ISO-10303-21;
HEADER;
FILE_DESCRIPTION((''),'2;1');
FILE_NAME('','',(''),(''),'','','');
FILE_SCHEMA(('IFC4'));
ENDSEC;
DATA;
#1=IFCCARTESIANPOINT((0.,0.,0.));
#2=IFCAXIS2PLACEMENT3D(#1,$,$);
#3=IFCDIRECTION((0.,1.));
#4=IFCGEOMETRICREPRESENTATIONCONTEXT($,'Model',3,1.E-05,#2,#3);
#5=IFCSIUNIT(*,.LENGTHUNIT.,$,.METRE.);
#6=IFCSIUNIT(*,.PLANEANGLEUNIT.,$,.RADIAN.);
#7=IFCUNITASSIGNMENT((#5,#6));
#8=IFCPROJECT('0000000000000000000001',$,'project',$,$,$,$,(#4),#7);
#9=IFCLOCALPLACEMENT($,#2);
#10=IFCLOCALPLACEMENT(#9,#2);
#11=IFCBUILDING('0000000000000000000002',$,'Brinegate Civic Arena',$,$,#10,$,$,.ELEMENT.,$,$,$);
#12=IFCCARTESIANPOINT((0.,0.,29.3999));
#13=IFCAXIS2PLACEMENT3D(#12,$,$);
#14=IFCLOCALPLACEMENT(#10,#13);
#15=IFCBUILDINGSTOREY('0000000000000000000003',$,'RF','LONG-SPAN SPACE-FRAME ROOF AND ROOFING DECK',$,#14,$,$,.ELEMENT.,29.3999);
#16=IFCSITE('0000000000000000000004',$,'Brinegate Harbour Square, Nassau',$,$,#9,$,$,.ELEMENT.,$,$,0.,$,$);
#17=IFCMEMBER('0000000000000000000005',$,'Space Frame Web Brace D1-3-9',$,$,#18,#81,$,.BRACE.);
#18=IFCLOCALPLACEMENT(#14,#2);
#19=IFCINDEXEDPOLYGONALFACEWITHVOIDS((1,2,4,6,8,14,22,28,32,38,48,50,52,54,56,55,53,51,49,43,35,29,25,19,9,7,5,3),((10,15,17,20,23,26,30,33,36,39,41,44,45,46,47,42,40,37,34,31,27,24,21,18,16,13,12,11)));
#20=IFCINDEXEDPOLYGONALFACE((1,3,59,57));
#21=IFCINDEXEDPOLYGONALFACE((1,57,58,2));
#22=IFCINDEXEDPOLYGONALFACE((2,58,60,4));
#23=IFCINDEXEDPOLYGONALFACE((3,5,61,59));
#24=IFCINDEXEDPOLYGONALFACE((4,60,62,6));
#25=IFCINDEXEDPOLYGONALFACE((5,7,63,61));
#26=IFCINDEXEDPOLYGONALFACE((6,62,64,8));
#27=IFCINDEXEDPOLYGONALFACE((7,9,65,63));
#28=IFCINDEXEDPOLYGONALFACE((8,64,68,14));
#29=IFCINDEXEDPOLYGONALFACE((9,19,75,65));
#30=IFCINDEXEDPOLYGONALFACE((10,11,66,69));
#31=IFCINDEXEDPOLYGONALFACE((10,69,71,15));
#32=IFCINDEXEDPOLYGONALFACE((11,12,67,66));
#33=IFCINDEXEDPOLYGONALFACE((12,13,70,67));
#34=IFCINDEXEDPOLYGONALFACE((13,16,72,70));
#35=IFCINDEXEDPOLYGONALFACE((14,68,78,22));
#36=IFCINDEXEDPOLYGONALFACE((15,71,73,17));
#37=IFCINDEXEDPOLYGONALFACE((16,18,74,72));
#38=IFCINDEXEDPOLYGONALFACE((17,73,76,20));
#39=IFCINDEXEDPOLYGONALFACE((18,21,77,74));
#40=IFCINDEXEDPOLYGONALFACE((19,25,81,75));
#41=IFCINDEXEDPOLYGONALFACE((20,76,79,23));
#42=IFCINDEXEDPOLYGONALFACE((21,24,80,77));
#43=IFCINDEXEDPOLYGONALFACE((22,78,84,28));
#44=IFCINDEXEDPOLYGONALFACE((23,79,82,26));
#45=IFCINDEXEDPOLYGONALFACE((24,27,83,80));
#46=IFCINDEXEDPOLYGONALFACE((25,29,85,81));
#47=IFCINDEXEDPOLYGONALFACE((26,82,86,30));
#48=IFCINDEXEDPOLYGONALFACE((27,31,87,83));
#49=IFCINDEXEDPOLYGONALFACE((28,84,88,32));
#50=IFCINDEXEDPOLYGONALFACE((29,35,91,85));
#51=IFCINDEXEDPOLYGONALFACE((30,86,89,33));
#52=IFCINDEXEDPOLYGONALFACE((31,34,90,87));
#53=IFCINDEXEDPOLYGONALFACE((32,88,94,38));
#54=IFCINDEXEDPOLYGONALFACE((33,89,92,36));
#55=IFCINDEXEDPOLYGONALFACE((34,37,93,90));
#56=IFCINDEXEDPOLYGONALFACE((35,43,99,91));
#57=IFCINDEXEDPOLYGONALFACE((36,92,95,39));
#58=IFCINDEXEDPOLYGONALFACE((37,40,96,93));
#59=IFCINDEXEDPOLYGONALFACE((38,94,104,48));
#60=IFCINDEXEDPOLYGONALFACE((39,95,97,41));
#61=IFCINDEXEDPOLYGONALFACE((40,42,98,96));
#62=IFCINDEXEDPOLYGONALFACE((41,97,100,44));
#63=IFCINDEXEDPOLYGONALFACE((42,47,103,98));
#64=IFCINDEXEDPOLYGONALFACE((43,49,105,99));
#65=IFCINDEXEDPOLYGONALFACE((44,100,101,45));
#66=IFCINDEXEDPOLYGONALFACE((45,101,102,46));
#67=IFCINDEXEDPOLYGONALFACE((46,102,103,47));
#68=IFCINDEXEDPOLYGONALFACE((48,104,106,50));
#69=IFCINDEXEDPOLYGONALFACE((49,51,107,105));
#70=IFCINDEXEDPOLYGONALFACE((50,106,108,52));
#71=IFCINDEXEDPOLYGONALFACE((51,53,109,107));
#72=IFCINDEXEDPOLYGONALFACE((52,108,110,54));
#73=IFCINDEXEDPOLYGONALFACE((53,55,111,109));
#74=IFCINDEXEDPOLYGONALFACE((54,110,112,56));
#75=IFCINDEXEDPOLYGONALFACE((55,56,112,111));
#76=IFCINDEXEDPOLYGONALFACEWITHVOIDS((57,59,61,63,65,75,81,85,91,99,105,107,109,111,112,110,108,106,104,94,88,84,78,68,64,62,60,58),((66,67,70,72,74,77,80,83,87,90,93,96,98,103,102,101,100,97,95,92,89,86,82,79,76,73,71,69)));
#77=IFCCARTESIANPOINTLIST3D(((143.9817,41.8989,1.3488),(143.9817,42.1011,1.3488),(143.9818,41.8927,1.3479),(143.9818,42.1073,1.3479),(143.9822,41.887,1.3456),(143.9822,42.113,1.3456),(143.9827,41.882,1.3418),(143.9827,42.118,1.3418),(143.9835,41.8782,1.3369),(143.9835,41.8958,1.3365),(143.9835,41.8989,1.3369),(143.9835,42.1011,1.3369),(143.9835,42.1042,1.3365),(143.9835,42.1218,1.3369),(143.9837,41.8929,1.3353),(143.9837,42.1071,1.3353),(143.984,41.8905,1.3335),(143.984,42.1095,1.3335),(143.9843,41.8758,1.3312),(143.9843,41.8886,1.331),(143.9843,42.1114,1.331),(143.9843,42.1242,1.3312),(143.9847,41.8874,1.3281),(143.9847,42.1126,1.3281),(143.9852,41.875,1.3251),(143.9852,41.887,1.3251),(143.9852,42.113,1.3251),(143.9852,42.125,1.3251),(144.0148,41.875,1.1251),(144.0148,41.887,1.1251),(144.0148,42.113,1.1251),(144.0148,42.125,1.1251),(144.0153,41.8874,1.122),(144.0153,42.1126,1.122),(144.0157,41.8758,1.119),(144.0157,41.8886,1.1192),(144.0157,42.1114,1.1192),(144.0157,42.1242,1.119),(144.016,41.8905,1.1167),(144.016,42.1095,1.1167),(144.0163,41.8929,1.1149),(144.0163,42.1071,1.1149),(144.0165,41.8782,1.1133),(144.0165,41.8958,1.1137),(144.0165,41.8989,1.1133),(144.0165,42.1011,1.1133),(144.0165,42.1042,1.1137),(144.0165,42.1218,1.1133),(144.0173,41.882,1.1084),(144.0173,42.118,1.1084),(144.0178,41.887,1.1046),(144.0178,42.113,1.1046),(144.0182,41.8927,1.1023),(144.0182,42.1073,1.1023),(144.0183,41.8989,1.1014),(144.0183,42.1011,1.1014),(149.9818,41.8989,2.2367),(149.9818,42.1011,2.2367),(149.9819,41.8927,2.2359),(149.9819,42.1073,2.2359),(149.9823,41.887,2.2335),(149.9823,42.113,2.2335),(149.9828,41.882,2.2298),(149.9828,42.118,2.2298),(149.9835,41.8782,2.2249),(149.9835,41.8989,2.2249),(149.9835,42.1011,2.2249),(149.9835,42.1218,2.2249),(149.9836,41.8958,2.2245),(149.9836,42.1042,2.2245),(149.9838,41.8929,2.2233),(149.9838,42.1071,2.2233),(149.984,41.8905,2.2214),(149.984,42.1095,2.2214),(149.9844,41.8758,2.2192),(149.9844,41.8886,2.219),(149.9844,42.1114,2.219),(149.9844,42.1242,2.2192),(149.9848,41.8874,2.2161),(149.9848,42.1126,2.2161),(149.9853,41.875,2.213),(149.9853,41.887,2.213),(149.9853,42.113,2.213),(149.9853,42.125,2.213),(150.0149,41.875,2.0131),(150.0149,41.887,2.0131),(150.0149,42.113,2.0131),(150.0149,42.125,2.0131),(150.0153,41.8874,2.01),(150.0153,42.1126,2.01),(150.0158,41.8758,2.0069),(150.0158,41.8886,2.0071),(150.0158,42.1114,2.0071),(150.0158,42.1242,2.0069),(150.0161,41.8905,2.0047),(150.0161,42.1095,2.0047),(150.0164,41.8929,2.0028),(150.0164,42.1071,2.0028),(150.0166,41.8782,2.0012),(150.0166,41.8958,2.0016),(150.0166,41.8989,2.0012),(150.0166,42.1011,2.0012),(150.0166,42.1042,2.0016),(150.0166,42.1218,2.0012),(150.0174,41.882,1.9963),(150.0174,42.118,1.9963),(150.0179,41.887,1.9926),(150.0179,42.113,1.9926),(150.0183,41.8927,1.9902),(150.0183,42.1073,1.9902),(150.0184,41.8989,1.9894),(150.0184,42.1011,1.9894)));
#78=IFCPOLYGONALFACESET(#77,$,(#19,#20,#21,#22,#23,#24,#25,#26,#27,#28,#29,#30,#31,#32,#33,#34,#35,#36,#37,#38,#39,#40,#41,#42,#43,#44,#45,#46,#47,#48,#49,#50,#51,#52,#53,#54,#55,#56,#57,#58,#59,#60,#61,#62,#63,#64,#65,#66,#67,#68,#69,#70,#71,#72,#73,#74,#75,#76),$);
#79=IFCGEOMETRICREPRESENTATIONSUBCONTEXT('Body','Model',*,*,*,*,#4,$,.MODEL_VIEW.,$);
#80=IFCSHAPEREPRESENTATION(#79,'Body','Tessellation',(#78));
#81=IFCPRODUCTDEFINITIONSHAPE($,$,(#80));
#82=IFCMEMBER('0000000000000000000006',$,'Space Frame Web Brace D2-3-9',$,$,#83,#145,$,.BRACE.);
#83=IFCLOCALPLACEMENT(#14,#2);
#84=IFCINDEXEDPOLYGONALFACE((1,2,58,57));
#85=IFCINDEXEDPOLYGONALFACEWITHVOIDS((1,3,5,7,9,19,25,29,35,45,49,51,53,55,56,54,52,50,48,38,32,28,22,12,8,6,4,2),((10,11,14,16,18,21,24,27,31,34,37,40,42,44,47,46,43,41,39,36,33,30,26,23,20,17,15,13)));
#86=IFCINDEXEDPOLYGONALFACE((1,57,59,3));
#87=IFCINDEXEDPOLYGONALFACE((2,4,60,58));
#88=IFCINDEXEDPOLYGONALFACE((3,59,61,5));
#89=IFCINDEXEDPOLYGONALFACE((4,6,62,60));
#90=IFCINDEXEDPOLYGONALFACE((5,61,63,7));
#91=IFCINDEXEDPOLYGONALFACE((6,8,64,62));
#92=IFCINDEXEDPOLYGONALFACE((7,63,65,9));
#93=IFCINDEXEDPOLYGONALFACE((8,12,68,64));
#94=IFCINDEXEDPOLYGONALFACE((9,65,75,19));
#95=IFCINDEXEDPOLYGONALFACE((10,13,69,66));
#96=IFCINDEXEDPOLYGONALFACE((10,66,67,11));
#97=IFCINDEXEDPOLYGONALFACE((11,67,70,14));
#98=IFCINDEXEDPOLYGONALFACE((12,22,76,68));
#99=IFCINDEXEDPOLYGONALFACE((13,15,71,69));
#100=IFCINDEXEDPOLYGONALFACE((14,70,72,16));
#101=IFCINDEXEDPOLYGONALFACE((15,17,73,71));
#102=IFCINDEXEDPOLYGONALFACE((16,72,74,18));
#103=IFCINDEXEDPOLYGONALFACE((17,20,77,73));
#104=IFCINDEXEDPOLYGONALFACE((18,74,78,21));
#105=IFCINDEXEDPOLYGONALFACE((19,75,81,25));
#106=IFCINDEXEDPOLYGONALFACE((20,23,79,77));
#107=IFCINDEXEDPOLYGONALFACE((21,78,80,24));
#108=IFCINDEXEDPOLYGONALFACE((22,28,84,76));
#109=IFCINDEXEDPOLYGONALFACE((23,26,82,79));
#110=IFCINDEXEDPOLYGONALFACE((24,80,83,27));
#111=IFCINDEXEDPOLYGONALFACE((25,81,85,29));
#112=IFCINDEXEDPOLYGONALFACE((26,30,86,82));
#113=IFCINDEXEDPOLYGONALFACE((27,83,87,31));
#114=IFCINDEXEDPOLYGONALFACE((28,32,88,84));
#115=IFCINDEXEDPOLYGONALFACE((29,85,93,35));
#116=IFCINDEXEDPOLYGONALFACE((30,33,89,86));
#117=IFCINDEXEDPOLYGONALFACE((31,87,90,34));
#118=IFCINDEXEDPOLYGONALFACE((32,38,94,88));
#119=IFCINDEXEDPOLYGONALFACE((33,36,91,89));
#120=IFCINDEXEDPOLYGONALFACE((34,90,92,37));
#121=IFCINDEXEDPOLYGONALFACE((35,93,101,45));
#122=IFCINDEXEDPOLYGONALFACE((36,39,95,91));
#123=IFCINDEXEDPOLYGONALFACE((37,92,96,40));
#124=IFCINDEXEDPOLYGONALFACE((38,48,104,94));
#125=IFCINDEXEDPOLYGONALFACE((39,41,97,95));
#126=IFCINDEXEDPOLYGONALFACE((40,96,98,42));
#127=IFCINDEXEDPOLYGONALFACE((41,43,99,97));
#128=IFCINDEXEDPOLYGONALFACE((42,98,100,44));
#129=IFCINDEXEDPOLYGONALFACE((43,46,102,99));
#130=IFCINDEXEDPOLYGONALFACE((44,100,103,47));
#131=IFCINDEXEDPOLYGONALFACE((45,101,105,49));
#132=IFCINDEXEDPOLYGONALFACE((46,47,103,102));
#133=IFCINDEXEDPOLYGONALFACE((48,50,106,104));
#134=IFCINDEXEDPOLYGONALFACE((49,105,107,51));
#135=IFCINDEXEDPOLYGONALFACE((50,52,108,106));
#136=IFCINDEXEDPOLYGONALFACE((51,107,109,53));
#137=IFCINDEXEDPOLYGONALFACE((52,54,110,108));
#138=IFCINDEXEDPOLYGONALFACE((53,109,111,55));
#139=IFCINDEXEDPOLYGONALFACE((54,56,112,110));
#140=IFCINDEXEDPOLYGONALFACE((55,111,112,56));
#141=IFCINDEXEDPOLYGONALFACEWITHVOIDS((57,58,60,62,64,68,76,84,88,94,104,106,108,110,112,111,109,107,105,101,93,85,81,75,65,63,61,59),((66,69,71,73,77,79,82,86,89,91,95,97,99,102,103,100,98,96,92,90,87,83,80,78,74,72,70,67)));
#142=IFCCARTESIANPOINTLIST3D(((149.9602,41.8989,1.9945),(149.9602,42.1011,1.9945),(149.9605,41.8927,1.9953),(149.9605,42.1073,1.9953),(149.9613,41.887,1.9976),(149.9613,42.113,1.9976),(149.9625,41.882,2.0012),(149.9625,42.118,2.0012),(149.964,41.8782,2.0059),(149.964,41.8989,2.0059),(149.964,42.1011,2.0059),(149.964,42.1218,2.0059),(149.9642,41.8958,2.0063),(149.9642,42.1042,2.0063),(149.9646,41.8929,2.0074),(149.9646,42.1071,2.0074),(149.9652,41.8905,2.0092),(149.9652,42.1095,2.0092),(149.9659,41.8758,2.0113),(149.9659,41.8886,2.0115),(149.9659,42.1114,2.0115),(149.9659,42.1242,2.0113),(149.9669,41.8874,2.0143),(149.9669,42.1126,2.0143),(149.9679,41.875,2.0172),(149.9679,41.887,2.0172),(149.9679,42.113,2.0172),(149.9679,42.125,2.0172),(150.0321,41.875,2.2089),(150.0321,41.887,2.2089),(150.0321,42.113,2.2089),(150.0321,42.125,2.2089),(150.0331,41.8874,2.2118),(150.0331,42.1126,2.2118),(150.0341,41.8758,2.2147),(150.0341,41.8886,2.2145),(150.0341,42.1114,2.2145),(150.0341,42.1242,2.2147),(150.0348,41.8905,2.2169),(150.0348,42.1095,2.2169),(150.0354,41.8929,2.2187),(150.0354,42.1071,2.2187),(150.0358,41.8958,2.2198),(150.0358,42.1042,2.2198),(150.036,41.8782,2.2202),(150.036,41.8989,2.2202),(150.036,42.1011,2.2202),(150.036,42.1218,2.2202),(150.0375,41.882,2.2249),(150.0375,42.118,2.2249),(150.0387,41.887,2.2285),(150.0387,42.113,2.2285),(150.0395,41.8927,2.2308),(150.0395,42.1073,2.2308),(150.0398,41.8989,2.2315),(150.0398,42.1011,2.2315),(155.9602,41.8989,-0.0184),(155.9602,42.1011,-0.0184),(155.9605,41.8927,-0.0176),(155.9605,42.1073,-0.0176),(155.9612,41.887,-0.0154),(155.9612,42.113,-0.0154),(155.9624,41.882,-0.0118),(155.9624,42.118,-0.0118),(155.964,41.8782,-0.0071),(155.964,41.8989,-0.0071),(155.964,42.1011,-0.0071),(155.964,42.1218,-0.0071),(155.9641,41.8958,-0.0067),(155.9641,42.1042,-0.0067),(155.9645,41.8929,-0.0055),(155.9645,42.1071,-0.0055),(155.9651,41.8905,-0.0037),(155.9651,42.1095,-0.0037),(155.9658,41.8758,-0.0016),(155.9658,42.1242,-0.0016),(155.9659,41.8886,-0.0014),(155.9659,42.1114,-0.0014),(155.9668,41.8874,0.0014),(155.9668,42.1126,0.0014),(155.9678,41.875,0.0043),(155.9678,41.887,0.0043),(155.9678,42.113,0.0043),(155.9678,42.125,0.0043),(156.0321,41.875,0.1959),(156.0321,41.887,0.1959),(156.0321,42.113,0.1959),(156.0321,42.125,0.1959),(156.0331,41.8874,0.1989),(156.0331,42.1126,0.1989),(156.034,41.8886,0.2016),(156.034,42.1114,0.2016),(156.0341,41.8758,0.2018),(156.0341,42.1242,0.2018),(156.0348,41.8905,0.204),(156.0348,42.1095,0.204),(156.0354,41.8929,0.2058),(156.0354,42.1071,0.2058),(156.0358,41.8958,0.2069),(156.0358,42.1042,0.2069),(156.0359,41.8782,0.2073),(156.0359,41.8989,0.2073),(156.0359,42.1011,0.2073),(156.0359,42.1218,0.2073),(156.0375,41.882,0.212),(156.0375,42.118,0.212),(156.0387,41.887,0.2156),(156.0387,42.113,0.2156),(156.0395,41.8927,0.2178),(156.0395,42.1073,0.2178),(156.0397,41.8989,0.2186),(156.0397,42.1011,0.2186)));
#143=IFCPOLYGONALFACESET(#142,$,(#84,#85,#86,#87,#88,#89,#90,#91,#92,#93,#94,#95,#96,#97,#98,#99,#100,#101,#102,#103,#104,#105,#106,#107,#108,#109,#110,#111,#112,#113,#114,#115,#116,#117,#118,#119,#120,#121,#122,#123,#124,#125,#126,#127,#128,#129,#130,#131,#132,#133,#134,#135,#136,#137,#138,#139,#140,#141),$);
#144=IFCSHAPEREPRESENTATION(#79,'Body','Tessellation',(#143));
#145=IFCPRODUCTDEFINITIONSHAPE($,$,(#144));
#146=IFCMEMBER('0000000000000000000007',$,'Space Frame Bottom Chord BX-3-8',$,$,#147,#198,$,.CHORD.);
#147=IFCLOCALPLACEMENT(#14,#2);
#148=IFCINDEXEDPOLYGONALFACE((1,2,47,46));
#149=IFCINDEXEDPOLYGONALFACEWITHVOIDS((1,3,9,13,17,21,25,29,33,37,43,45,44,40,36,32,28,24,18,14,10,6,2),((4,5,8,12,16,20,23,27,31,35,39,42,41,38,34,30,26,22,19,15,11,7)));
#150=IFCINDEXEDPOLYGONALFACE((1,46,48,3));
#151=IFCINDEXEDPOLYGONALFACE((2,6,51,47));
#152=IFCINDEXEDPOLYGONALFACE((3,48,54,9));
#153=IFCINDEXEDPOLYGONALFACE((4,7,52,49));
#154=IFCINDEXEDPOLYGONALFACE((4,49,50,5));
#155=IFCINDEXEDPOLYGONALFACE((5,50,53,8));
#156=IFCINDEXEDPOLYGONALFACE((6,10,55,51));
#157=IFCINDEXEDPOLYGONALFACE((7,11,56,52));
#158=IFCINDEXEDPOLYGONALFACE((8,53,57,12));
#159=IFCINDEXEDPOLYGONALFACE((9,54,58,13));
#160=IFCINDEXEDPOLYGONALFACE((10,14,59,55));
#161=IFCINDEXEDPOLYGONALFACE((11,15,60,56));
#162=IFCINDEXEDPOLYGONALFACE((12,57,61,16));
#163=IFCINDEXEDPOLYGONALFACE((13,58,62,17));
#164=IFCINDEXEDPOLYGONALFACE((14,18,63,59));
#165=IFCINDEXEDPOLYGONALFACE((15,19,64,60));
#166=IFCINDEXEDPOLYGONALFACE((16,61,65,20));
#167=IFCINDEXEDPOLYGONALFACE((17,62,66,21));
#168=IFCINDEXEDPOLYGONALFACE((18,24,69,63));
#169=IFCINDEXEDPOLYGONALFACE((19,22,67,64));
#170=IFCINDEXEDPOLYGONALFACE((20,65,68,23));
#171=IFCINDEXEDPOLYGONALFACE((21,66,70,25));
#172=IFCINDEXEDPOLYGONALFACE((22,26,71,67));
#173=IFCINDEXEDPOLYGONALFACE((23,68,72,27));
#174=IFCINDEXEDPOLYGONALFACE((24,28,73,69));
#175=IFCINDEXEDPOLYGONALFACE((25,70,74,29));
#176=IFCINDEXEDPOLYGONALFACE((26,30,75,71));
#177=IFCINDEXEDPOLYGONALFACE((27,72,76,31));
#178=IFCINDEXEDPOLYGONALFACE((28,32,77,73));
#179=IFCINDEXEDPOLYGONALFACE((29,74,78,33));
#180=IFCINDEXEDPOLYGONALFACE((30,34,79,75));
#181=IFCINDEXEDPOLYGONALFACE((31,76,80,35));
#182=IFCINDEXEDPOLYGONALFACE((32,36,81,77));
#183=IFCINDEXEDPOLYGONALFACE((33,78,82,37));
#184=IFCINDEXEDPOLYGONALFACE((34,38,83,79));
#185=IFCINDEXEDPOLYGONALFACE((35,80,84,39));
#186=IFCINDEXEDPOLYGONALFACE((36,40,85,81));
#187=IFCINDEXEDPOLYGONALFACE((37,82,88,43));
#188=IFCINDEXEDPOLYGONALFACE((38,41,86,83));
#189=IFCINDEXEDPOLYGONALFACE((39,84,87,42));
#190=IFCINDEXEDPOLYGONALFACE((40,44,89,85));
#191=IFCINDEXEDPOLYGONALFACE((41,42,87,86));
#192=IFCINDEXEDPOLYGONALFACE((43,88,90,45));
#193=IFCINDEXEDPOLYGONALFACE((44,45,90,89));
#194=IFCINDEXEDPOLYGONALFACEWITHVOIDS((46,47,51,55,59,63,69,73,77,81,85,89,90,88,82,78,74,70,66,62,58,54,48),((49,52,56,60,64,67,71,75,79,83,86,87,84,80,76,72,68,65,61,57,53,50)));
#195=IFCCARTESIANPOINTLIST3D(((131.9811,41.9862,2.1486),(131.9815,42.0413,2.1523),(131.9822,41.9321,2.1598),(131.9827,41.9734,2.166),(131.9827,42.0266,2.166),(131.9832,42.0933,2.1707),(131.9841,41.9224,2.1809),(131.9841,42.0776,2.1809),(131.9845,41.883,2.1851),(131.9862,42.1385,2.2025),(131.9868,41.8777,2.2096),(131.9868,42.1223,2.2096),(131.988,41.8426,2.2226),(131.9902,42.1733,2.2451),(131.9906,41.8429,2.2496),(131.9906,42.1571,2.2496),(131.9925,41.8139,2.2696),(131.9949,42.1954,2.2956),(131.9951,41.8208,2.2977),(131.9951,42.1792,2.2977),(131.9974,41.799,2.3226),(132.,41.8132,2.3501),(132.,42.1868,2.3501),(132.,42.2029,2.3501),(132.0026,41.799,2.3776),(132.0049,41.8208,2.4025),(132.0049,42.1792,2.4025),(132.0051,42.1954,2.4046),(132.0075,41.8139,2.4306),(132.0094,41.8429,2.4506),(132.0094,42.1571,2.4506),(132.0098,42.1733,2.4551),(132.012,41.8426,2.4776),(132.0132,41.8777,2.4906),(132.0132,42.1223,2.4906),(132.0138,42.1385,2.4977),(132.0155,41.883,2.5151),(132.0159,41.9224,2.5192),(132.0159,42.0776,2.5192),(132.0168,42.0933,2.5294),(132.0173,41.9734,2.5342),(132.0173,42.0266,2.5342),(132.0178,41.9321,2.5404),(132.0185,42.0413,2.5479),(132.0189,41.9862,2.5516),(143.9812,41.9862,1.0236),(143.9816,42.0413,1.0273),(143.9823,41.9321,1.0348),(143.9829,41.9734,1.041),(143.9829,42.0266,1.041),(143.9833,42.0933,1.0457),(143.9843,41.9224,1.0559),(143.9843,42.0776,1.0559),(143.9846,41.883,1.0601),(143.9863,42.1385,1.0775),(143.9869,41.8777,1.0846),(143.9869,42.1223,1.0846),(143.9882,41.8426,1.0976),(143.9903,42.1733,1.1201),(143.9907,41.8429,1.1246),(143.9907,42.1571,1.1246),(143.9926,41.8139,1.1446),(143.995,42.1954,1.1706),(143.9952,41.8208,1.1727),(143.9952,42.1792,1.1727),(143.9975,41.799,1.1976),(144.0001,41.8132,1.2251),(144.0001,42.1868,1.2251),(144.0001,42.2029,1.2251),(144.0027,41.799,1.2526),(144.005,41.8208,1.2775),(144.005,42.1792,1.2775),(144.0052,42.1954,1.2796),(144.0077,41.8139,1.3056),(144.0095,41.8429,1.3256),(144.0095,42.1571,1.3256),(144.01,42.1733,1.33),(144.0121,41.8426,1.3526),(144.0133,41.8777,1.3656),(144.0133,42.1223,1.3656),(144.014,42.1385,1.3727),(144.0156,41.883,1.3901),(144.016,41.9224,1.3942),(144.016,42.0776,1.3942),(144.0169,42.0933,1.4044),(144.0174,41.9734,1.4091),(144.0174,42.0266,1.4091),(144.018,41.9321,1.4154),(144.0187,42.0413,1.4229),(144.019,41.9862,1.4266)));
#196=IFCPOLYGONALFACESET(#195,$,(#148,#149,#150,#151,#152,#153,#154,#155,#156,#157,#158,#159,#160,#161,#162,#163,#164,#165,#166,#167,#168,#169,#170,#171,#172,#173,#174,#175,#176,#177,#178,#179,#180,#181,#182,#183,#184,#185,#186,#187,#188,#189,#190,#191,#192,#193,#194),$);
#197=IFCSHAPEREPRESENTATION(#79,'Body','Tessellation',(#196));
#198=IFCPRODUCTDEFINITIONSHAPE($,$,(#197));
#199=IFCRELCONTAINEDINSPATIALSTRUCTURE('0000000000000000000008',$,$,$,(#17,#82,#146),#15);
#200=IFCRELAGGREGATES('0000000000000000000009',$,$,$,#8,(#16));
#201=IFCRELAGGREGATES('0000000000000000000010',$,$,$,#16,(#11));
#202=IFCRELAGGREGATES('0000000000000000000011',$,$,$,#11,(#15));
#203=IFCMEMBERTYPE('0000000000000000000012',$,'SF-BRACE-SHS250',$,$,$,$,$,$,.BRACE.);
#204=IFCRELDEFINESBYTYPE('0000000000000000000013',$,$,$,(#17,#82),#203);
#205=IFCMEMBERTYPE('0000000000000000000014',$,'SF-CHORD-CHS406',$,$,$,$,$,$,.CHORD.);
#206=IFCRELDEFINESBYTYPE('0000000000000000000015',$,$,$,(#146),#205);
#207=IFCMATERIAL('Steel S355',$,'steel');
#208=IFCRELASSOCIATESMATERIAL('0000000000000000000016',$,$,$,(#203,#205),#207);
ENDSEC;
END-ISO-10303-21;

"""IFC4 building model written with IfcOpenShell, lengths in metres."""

from ifc_helpers import new_model, si_unit, direction, frame, origin, origin_2d, place, context, subcontext, project, spatial, hollow_rectangle, hollow_circle, extrude, material, material_profile, profile_set, type_object, element, save


model = new_model("IFC4")

# Units and contexts
model_context = context("Model", 3, precision=1e-05, world=origin(), true_north=direction((0.0, 1.0)))
body_context = subcontext(model_context, "Body", "Model", "MODEL_VIEW")
ifc_project = project(units=[si_unit("LENGTHUNIT", "METRE"), si_unit("PLANEANGLEUNIT", "RADIAN")], contexts=[model_context])

# Site, building, storey
site_placement = place(None, origin())
site = spatial("IfcSite", under=ifc_project, at=site_placement, Name="Brinegate Harbour Square, Nassau", CompositionType="ELEMENT", RefElevation=0.0)
building_placement = place(site_placement, origin())
building = spatial("IfcBuilding", under=site, at=building_placement, Name="Brinegate Civic Arena", CompositionType="ELEMENT")
storey_placement = place(building_placement, frame((0.0, 0.0, 29.3999)))
storey = spatial("IfcBuildingStorey", under=building, at=storey_placement, Name="RF", Description="LONG-SPAN SPACE-FRAME ROOF AND ROOFING DECK", CompositionType="ELEMENT", Elevation=29.3999)

# Shared definitions
ifc_material_1 = material(Name="Steel S355", Category="steel")

# Members
ifc_material_profile_1 = material_profile(ifc_material_1, hollow_rectangle(XDim=0.25, YDim=0.25, WallThickness=0.012, InnerFilletRadius=0.012, OuterFilletRadius=0.0239, at=origin_2d()), Name="SHS250X12")
ifc_profile_set_1 = profile_set([ifc_material_profile_1], Name="Steel S355")
member_type_1 = type_object("IfcMemberType", Name="SF-BRACE-SHS250", PredefinedType="BRACE", material=ifc_profile_set_1)
member_1_placement = place(storey_placement, frame((144.0, 42.0, 1.2251), z_axis=(0.989226, 0.0, 0.146395), x_axis=(0.0, 1.0, 0.0)))
element("IfcMember", 1, at=member_1_placement, inside=storey, type_object=member_type_1, Name="Space Frame Web Brace D1-3-9", PredefinedType="BRACE", context=body_context, shape_type="SweptSolid", body=[
    extrude(hollow_rectangle(XDim=0.25, YDim=0.25, WallThickness=0.012, InnerFilletRadius=0.012, OuterFilletRadius=0.0239, at=origin_2d()), origin(), (0.0, 0.0, 1.0), 6.0654),
])
member_2_placement = place(storey_placement, frame((150.0, 42.0, 2.113), z_axis=(0.948068, 0.0, -0.318067), x_axis=(0.0, 1.0, 0.0)))
element("IfcMember", 2, at=member_2_placement, inside=storey, type_object=member_type_1, Name="Space Frame Web Brace D2-3-9", PredefinedType="BRACE", context=body_context, shape_type="SweptSolid", body=[
    extrude(hollow_rectangle(XDim=0.25, YDim=0.25, WallThickness=0.012, InnerFilletRadius=0.012, OuterFilletRadius=0.0239, at=origin_2d()), origin(), (0.0, 0.0, 1.0), 6.3286),
])
ifc_material_profile_2 = material_profile(ifc_material_1, hollow_circle(Radius=0.2029, WallThickness=0.0161, at=origin_2d()), Name="CHS406X16")
ifc_profile_set_2 = profile_set([ifc_material_profile_2], Name="Steel S355")
member_type_2 = type_object("IfcMemberType", Name="SF-CHORD-CHS406", PredefinedType="CHORD", material=ifc_profile_set_2)
member_3_placement = place(storey_placement, frame((132.0, 42.0, 2.3501), z_axis=(0.995634, 0.0, -0.093341), x_axis=(0.0, 1.0, 0.0)))
element("IfcMember", 3, at=member_3_placement, inside=storey, type_object=member_type_2, Name="Space Frame Bottom Chord BX-3-8", PredefinedType="CHORD", context=body_context, shape_type="SweptSolid", body=[
    extrude(hollow_circle(Radius=0.2029, WallThickness=0.0161, at=origin_2d()), origin(), (0.0, 0.0, 1.0), 12.0527),
])

save(model, "model.ifc")
